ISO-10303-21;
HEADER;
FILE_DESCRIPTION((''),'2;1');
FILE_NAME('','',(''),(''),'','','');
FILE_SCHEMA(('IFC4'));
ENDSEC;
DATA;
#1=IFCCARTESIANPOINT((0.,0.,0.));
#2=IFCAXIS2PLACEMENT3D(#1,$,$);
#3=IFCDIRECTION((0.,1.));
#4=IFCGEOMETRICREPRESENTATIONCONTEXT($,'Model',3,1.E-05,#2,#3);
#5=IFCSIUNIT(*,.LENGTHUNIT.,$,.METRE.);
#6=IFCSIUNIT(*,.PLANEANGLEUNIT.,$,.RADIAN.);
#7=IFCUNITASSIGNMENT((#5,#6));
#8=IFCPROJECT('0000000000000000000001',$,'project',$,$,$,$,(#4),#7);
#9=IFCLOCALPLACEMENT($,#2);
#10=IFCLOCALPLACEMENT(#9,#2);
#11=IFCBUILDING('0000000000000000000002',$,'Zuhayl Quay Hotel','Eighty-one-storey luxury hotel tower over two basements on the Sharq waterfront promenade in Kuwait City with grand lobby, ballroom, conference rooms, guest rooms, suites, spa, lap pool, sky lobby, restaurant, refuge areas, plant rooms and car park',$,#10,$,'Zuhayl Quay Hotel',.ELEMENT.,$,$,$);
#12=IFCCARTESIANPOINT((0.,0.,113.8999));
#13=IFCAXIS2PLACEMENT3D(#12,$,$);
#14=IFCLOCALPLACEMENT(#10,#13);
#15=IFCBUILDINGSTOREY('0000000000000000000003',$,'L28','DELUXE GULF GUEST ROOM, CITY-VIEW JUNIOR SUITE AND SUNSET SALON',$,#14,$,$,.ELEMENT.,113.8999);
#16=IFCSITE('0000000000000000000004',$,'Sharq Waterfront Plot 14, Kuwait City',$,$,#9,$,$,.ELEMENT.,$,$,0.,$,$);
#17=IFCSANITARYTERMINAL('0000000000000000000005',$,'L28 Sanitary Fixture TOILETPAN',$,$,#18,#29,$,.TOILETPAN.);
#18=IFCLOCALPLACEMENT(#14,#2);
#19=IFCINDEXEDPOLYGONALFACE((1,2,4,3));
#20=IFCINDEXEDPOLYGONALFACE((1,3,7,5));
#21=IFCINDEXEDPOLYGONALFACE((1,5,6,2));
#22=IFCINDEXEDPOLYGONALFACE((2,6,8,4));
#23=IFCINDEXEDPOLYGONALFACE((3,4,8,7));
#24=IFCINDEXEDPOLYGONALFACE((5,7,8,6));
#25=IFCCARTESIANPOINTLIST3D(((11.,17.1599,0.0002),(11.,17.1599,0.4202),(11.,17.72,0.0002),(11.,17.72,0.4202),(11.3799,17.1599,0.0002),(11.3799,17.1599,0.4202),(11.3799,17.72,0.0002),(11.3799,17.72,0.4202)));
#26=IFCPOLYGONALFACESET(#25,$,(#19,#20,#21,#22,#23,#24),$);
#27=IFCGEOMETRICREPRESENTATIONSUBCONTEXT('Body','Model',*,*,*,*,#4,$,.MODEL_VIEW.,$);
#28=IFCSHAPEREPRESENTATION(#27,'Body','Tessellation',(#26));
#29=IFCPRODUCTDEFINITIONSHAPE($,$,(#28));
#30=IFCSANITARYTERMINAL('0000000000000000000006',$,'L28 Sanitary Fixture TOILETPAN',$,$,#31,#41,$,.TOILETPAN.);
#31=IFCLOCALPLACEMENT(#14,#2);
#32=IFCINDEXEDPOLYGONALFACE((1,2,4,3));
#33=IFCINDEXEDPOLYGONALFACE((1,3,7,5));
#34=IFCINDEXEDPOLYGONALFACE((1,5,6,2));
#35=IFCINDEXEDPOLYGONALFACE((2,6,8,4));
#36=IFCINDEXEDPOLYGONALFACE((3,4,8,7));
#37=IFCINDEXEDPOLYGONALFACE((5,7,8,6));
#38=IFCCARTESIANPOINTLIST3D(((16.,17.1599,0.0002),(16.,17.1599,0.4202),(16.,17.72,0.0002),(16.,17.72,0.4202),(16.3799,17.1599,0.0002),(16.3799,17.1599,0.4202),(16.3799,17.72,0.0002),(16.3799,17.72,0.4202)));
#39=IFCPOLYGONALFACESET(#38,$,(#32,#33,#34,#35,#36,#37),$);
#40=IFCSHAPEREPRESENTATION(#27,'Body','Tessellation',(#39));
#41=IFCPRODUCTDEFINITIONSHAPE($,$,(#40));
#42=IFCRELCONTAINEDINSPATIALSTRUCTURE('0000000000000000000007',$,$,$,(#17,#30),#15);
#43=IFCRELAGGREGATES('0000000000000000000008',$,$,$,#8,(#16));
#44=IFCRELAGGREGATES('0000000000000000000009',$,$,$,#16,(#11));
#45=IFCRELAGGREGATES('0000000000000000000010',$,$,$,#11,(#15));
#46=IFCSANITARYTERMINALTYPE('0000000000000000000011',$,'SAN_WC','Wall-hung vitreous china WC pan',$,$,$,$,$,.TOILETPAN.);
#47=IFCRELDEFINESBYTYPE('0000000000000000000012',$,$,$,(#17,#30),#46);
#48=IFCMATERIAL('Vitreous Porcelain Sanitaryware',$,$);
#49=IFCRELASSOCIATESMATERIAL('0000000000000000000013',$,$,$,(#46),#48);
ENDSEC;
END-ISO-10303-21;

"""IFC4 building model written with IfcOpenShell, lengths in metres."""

from ifc_helpers import new_model, si_unit, direction, frame, origin, origin_2d, place, context, subcontext, project, spatial, rectangle, extrude, material, type_object, element, save


model = new_model("IFC4")

# Units and contexts
model_context = context("Model", 3, precision=1e-05, world=origin(), true_north=direction((0.0, 1.0)))
body_context = subcontext(model_context, "Body", "Model", "MODEL_VIEW")
ifc_project = project(units=[si_unit("LENGTHUNIT", "METRE"), si_unit("PLANEANGLEUNIT", "RADIAN")], contexts=[model_context])

# Site, building, storey
site_placement = place(None, origin())
site = spatial("IfcSite", under=ifc_project, at=site_placement, Name="Sharq Waterfront Plot 14, Kuwait City", CompositionType="ELEMENT", RefElevation=0.0)
building_placement = place(site_placement, origin())
building = spatial("IfcBuilding", under=site, at=building_placement, Name="Zuhayl Quay Hotel", Description="Eighty-one-storey luxury hotel tower over two basements on the Sharq waterfront promenade in Kuwait City with grand lobby, ballroom, conference rooms, guest rooms, suites, spa, lap pool, sky lobby, restaurant, refuge areas, plant rooms and car park", LongName="Zuhayl Quay Hotel", CompositionType="ELEMENT")
storey_placement = place(building_placement, frame((0.0, 0.0, 113.8999)))
storey = spatial("IfcBuildingStorey", under=building, at=storey_placement, Name="L28", Description="DELUXE GULF GUEST ROOM, CITY-VIEW JUNIOR SUITE AND SUNSET SALON", CompositionType="ELEMENT", Elevation=113.8999)

# Sanitary terminals
ifc_material_1 = material(Name="Vitreous Porcelain Sanitaryware")
sanitary_terminal_type_1 = type_object("IfcSanitaryTerminalType", Name="SAN_WC", Description="Wall-hung vitreous china WC pan", PredefinedType="TOILETPAN", material=ifc_material_1)
for number, where, z_axis, x_axis, name in (
    (1, (11.1899, 17.4399, 0.0002), (0.0, 0.0, 1.0), (1.0, 0.0, 0.0), "L28 Sanitary Fixture TOILETPAN"),
    (2, (16.1899, 17.4399, 0.0002), (0.0, 0.0, 1.0), (1.0, 0.0, 0.0), "L28 Sanitary Fixture TOILETPAN"),
):
    element("IfcSanitaryTerminal", number, at=place(storey_placement, frame(where, z_axis=z_axis, x_axis=x_axis)), inside=storey, type_object=sanitary_terminal_type_1, Name=name, PredefinedType="TOILETPAN", context=body_context, shape_type="SweptSolid", body=[
        extrude(rectangle(XDim=0.3799, YDim=0.5601, at=origin_2d()), origin(), (0.0, 0.0, 1.0), 0.4199),
    ])

save(model, "model.ifc")
